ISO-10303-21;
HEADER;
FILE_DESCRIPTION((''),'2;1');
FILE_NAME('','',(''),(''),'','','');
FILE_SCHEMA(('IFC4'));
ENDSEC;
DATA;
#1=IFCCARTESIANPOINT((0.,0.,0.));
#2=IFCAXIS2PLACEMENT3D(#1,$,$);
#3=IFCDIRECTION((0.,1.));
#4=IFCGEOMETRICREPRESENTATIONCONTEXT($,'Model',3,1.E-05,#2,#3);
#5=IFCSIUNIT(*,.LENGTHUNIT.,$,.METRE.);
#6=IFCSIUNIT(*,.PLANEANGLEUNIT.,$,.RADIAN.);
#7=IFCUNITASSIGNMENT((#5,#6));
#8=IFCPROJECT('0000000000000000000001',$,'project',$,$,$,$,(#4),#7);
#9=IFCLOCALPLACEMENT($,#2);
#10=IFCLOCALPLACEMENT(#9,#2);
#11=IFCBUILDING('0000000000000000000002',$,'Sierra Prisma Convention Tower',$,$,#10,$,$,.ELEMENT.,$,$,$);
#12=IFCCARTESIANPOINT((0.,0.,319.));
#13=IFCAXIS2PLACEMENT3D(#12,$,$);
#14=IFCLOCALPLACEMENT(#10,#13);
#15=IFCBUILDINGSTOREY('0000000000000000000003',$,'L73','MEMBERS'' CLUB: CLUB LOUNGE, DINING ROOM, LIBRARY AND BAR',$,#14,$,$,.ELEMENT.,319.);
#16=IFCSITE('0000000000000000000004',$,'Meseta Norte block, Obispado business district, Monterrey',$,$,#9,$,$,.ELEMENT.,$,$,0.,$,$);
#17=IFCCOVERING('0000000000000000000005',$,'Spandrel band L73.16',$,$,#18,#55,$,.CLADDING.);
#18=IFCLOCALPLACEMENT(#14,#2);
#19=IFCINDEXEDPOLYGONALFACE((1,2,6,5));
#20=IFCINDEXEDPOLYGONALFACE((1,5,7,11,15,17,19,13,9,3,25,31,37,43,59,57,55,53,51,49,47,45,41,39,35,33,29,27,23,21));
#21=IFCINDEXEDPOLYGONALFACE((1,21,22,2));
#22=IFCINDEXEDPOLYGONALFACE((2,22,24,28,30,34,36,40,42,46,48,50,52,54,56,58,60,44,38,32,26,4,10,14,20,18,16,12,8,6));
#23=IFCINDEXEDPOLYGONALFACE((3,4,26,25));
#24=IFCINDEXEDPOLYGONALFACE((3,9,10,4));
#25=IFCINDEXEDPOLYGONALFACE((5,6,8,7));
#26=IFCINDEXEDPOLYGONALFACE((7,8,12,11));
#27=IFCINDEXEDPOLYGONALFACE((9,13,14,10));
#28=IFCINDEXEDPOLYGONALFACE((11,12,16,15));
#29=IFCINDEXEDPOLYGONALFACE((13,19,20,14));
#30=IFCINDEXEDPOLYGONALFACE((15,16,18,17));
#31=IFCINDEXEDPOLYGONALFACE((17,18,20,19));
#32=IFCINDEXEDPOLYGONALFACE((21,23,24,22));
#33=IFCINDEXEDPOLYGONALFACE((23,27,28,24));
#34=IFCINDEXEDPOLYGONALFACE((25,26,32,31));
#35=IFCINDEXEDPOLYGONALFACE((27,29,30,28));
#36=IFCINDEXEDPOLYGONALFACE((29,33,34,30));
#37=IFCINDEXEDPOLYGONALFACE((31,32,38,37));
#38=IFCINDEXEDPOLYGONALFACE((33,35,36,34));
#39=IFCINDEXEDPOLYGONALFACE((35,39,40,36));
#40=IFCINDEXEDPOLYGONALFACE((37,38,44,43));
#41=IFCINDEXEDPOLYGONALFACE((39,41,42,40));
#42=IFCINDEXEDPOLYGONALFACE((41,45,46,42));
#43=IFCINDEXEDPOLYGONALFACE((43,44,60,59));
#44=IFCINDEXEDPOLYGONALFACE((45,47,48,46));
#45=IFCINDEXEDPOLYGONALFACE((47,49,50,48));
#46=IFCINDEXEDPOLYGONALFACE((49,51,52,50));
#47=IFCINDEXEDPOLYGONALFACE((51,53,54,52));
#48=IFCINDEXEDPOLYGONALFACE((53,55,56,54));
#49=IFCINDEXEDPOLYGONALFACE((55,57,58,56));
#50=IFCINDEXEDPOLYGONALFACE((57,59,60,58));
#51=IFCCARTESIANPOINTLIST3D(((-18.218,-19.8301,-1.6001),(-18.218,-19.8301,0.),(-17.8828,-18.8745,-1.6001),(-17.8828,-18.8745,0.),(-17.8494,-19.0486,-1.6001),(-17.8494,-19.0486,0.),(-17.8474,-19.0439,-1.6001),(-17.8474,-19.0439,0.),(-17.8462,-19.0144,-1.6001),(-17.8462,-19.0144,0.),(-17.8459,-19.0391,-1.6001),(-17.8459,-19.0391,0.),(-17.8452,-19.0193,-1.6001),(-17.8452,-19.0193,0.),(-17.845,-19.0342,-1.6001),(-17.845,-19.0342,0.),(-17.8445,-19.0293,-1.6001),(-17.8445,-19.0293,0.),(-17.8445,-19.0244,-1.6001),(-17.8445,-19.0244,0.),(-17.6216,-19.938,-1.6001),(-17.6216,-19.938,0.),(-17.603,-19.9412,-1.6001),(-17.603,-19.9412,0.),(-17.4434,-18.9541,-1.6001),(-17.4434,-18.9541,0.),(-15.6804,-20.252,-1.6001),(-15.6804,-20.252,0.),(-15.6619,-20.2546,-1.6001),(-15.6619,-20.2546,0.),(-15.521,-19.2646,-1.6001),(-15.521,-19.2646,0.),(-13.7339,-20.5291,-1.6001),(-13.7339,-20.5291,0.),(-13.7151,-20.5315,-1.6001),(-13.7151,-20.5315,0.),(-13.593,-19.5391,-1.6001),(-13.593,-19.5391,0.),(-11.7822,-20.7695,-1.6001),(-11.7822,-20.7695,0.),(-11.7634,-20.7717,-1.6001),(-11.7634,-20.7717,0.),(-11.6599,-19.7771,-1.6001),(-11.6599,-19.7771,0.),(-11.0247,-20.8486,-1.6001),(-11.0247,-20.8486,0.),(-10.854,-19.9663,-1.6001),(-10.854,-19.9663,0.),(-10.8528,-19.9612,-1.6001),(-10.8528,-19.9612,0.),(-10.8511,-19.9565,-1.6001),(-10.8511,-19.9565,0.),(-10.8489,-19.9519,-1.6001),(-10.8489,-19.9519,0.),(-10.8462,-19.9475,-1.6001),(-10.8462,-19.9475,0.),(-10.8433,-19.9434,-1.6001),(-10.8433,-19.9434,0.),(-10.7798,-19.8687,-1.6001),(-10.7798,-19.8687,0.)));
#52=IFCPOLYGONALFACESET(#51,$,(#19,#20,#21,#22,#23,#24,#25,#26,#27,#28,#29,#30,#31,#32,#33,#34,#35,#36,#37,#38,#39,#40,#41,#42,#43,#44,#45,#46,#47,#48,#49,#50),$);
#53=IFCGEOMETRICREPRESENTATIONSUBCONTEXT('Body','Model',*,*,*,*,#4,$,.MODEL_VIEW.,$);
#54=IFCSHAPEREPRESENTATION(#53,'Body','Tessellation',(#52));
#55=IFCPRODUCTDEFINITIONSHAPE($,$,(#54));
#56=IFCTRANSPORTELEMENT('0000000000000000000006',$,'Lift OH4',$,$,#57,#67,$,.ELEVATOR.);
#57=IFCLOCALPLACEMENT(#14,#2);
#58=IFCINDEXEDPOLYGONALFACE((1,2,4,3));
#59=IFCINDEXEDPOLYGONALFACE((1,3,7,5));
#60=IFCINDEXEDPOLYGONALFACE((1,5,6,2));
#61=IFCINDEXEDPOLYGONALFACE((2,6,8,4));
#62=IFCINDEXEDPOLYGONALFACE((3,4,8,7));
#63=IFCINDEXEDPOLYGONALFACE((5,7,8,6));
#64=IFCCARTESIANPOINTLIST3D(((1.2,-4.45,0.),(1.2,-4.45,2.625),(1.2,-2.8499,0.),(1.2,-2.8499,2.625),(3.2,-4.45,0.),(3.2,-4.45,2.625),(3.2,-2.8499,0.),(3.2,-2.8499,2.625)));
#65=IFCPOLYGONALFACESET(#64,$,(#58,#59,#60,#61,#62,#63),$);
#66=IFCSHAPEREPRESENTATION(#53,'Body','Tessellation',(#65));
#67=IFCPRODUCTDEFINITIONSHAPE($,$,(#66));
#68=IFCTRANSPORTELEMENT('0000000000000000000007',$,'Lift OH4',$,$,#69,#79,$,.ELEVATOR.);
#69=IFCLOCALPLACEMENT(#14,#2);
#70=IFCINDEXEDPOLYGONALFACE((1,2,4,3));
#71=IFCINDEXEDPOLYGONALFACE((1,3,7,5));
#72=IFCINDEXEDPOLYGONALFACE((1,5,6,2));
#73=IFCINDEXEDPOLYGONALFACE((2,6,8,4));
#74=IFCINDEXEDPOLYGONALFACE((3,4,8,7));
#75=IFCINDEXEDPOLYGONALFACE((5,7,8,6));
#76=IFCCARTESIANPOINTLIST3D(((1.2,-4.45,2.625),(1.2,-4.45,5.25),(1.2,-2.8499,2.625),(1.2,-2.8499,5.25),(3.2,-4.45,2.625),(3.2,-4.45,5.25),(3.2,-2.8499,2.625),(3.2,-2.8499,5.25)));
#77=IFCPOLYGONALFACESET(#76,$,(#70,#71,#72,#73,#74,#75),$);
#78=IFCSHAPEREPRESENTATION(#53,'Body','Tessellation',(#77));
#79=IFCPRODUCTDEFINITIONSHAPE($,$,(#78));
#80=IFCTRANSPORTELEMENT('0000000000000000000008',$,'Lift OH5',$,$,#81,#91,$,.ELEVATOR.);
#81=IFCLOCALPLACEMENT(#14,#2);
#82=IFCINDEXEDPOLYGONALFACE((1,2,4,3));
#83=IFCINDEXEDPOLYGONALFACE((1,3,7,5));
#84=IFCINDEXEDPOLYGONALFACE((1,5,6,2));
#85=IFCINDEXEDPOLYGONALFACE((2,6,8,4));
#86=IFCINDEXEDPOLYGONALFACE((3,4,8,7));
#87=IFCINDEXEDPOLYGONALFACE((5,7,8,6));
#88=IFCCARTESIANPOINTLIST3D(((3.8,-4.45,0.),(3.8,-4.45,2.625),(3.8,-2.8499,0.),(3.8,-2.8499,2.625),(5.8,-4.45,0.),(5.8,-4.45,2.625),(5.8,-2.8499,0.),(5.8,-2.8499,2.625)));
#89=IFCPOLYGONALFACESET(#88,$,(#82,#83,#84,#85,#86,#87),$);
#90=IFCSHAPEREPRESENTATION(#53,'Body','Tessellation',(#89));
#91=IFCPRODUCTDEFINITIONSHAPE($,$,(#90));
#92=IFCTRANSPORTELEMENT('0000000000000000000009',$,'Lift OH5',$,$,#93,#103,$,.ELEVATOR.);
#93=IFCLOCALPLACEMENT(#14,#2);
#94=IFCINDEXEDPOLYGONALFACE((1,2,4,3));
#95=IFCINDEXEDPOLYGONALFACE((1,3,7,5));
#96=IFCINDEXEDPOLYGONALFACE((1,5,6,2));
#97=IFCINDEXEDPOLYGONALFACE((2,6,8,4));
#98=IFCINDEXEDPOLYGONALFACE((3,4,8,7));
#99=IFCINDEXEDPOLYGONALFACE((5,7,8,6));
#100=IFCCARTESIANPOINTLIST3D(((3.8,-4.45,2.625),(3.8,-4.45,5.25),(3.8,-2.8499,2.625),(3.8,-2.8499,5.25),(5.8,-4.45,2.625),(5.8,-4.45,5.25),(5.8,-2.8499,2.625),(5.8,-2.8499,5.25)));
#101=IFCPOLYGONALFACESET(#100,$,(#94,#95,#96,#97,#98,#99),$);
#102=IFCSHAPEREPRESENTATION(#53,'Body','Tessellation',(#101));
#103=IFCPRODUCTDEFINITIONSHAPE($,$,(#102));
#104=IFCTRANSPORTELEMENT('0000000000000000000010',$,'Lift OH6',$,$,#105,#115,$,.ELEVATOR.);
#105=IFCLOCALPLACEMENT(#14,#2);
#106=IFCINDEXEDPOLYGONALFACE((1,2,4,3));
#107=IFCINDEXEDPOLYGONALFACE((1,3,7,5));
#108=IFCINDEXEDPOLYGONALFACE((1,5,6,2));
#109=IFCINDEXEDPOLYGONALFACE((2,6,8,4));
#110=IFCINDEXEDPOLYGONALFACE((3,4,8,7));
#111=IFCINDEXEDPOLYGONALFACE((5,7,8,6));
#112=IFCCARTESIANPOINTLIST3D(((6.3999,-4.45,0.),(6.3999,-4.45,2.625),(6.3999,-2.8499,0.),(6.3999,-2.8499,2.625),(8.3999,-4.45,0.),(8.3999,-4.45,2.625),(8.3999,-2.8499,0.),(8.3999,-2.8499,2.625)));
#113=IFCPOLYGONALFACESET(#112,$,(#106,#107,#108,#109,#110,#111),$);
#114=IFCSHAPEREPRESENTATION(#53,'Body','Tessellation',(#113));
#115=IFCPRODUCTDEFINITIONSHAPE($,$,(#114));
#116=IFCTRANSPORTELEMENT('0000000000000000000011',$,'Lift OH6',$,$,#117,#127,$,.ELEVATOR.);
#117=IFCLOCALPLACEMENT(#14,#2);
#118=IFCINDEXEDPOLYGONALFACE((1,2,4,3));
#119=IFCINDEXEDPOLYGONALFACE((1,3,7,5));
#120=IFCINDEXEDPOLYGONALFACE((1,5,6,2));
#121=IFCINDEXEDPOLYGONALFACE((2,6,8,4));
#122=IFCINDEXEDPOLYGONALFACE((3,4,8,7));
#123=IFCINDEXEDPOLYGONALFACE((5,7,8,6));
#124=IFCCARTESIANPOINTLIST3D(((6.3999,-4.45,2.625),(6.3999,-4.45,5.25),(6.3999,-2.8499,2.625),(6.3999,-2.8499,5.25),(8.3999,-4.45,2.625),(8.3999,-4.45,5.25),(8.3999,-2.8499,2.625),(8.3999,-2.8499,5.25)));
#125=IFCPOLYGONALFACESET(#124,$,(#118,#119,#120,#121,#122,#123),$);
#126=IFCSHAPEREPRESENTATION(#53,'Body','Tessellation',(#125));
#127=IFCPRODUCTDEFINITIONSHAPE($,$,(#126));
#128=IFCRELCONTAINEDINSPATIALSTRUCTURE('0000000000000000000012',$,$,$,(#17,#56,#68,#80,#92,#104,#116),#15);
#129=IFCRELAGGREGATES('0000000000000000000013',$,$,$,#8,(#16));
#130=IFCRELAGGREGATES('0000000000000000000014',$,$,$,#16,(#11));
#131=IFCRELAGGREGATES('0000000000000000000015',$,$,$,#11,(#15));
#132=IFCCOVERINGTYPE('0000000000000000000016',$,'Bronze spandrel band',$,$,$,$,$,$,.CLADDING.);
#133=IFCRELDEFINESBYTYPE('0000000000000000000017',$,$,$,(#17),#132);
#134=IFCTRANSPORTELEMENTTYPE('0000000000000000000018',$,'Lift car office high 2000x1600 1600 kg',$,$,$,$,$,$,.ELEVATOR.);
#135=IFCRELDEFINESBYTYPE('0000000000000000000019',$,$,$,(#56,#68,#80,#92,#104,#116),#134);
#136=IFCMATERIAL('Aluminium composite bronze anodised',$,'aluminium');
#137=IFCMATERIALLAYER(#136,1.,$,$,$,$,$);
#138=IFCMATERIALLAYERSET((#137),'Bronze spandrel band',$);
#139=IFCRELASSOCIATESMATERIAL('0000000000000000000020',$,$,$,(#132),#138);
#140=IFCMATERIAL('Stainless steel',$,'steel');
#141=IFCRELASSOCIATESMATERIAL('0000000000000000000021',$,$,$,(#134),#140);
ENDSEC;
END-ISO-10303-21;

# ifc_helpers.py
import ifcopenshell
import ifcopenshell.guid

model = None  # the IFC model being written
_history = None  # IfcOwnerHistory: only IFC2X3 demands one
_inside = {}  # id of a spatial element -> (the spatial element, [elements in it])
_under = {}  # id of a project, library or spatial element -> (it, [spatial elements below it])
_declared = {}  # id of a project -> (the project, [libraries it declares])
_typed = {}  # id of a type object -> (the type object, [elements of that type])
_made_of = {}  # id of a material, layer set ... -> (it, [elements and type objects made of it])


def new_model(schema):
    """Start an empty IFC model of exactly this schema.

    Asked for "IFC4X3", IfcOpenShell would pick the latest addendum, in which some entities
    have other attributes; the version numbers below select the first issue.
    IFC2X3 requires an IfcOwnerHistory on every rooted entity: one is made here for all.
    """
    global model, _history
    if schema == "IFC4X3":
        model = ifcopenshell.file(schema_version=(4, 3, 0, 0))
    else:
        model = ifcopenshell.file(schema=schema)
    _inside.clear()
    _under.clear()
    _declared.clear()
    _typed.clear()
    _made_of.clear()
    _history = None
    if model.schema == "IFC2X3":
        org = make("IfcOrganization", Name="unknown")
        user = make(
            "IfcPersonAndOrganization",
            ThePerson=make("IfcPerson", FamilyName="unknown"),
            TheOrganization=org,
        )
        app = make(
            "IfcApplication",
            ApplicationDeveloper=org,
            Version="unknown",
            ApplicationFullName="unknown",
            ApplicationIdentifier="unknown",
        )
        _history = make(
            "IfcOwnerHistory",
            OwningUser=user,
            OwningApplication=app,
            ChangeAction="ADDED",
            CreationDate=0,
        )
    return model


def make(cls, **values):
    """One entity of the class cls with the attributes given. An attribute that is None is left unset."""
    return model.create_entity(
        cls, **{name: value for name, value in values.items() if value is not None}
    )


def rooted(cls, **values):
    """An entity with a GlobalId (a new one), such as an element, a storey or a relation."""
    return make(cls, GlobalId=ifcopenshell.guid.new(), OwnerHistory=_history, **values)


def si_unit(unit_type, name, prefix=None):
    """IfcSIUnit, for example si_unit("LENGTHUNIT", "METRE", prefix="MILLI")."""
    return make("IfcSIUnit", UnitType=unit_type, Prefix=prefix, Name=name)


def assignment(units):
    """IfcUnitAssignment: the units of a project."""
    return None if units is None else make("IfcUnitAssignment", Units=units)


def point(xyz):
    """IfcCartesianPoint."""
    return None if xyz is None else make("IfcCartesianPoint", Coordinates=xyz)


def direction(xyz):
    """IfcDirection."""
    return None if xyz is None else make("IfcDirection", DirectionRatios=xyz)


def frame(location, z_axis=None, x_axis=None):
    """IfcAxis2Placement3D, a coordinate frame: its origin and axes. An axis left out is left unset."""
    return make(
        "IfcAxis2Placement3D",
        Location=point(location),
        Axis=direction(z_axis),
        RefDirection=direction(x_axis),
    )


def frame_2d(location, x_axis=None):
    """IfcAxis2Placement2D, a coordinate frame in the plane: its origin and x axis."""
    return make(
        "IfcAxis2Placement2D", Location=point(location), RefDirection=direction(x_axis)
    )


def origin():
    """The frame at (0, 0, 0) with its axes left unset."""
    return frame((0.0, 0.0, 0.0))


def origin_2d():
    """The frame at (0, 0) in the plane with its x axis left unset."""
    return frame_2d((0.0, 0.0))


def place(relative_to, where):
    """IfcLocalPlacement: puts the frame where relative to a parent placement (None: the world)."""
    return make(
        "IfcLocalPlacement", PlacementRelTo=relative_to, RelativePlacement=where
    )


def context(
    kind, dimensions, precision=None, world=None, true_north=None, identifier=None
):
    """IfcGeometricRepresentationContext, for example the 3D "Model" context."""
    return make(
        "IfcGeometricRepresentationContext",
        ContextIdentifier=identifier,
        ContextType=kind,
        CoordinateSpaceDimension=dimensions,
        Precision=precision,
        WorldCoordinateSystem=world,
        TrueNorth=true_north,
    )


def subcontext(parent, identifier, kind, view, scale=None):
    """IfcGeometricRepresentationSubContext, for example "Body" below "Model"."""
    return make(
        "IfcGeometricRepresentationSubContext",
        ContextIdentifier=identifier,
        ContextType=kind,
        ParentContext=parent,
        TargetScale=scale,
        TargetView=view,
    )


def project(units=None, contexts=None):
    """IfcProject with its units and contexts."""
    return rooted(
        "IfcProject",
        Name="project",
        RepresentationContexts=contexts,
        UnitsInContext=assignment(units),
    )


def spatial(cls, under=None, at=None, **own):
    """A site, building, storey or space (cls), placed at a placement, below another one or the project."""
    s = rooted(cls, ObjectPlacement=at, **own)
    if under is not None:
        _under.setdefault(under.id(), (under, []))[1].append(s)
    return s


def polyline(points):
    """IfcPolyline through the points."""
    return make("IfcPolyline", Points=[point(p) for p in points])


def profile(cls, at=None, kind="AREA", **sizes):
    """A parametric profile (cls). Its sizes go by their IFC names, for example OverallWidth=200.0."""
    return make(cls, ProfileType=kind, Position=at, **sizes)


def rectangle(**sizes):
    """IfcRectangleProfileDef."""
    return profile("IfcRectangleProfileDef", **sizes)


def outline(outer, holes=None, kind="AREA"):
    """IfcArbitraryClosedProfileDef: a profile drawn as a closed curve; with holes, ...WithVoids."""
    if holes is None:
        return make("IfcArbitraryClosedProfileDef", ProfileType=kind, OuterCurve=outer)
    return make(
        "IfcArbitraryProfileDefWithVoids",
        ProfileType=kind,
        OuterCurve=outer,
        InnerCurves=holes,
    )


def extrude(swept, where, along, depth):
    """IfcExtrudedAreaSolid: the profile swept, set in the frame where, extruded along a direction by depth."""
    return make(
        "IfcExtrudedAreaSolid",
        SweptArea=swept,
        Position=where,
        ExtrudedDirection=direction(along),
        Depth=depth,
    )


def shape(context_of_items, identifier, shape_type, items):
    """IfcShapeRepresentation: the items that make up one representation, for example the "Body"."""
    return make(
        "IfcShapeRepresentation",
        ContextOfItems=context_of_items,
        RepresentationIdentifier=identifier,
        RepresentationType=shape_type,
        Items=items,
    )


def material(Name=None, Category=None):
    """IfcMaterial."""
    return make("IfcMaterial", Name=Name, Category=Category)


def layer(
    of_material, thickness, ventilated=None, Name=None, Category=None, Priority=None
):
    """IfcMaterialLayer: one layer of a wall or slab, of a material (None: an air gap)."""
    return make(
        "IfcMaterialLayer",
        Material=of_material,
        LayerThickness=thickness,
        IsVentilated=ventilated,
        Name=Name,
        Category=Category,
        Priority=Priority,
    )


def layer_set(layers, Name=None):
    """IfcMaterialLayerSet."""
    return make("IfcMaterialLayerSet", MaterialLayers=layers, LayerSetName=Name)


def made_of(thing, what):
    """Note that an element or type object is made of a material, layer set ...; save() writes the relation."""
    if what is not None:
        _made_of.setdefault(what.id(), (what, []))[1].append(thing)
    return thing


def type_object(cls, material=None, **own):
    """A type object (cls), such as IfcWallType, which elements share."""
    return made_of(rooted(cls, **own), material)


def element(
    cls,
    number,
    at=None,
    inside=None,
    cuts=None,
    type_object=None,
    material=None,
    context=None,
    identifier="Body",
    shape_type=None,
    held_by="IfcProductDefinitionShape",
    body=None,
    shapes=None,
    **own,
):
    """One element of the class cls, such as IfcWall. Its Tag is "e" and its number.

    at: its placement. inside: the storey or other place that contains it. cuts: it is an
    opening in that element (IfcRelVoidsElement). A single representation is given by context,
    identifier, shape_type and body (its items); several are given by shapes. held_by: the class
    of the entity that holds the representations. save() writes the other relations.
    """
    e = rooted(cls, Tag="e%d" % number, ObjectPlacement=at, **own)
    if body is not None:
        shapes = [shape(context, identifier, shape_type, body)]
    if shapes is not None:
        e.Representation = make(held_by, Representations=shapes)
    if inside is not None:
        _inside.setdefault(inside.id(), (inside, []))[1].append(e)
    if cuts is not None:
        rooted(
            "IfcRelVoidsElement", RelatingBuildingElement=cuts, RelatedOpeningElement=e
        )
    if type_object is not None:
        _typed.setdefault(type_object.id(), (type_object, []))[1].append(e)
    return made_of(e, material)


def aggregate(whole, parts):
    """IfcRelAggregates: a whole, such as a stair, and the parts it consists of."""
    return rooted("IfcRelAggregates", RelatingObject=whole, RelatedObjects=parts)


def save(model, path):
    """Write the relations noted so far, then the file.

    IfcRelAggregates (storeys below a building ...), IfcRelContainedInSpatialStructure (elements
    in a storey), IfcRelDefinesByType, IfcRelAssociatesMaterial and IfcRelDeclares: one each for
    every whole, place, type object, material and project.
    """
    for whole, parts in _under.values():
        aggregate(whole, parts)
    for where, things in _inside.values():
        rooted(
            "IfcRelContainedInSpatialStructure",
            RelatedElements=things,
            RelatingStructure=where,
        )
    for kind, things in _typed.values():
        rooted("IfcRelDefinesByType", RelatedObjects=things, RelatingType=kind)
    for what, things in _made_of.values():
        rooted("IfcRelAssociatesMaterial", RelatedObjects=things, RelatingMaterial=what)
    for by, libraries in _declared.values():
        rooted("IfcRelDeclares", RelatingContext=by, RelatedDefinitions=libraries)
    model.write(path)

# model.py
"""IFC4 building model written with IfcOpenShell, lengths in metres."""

from ifc_helpers import new_model, si_unit, direction, frame, origin, origin_2d, place, context, subcontext, project, spatial, polyline, rectangle, outline, extrude, material, layer, layer_set, type_object, element, save


model = new_model("IFC4")

# Units and contexts
model_context = context("Model", 3, precision=1e-05, world=origin(), true_north=direction((0.0, 1.0)))
body_context = subcontext(model_context, "Body", "Model", "MODEL_VIEW")
ifc_project = project(units=[si_unit("LENGTHUNIT", "METRE"), si_unit("PLANEANGLEUNIT", "RADIAN")], contexts=[model_context])

# Site, building, storey
site_placement = place(None, origin())
site = spatial("IfcSite", under=ifc_project, at=site_placement, Name="Meseta Norte block, Obispado business district, Monterrey", CompositionType="ELEMENT", RefElevation=0.0)
building_placement = place(site_placement, origin())
building = spatial("IfcBuilding", under=site, at=building_placement, Name="Sierra Prisma Convention Tower", CompositionType="ELEMENT")
storey_placement = place(building_placement, frame((0.0, 0.0, 319.0)))
storey = spatial("IfcBuildingStorey", under=building, at=storey_placement, Name="L73", Description="MEMBERS' CLUB: CLUB LOUNGE, DINING ROOM, LIBRARY AND BAR", CompositionType="ELEMENT", Elevation=319.0)

# Covering
ifc_material_1 = material(Name="Aluminium composite bronze anodised", Category="aluminium")
ifc_layer_1 = layer(ifc_material_1, 1.0)
ifc_layer_set_1 = layer_set([ifc_layer_1], Name="Bronze spandrel band")
covering_type_1 = type_object("IfcCoveringType", Name="Bronze spandrel band", PredefinedType="CLADDING", material=ifc_layer_set_1)
covering_1_placement = place(storey_placement, frame((0.0, 0.0, -1.6001)))
element("IfcCovering", 1, at=covering_1_placement, inside=storey, type_object=covering_type_1, Name="Spandrel band L73.16", PredefinedType="CLADDING", context=body_context, shape_type="SweptSolid", body=[
    extrude(outline(polyline([(-17.8462, -19.0144), (-17.8828, -18.8745), (-17.4434, -18.9541), (-15.521, -19.2646), (-13.593, -19.5391), (-11.6599, -19.7771), (-10.7798, -19.8687), (-10.8433, -19.9434), (-10.8462, -19.9475), (-10.8489, -19.9519), (-10.8511, -19.9565), (-10.8528, -19.9612), (-10.854, -19.9663), (-11.0247, -20.8486), (-11.7634, -20.7717), (-11.7822, -20.7695), (-13.7151, -20.5315), (-13.7339, -20.5291), (-15.6619, -20.2546), (-15.6804, -20.252), (-17.603, -19.9412), (-17.6216, -19.938), (-18.218, -19.8301), (-17.8494, -19.0486), (-17.8474, -19.0439), (-17.8459, -19.0391), (-17.845, -19.0342), (-17.8445, -19.0293), (-17.8445, -19.0244), (-17.8452, -19.0193), (-17.8462, -19.0144)])), origin(), (0.0, 0.0, 1.0), 1.6001),
])

# Transport elements
ifc_material_2 = material(Name="Stainless steel", Category="steel")
transport_element_type = type_object("IfcTransportElementType", Name="Lift car office high 2000x1600 1600 kg", PredefinedType="ELEVATOR", material=ifc_material_2)
for number, where, z_axis, x_axis, name in (
    (2, (2.2, -3.6499, 0.0), (0.0, 0.0, 1.0), (1.0, 0.0, 0.0), "Lift OH4"),
    (3, (2.2, -3.6499, 2.625), (0.0, 0.0, 1.0), (1.0, 0.0, 0.0), "Lift OH4"),
    (4, (4.8, -3.6499, 0.0), (0.0, 0.0, 1.0), (1.0, 0.0, 0.0), "Lift OH5"),
    (5, (4.8, -3.6499, 2.625), (0.0, 0.0, 1.0), (1.0, 0.0, 0.0), "Lift OH5"),
    (6, (7.3999, -3.6499, 0.0), (0.0, 0.0, 1.0), (1.0, 0.0, 0.0), "Lift OH6"),
    (7, (7.3999, -3.6499, 2.625), (0.0, 0.0, 1.0), (1.0, 0.0, 0.0), "Lift OH6"),
):
    element("IfcTransportElement", number, at=place(storey_placement, frame(where, z_axis=z_axis, x_axis=x_axis)), inside=storey, type_object=transport_element_type, Name=name, PredefinedType="ELEVATOR", context=body_context, shape_type="SweptSolid", body=[
        extrude(rectangle(XDim=2.0, YDim=1.6001, at=origin_2d()), origin(), (0.0, 0.0, 1.0), 2.625),
    ])

save(model, "model.ifc")
